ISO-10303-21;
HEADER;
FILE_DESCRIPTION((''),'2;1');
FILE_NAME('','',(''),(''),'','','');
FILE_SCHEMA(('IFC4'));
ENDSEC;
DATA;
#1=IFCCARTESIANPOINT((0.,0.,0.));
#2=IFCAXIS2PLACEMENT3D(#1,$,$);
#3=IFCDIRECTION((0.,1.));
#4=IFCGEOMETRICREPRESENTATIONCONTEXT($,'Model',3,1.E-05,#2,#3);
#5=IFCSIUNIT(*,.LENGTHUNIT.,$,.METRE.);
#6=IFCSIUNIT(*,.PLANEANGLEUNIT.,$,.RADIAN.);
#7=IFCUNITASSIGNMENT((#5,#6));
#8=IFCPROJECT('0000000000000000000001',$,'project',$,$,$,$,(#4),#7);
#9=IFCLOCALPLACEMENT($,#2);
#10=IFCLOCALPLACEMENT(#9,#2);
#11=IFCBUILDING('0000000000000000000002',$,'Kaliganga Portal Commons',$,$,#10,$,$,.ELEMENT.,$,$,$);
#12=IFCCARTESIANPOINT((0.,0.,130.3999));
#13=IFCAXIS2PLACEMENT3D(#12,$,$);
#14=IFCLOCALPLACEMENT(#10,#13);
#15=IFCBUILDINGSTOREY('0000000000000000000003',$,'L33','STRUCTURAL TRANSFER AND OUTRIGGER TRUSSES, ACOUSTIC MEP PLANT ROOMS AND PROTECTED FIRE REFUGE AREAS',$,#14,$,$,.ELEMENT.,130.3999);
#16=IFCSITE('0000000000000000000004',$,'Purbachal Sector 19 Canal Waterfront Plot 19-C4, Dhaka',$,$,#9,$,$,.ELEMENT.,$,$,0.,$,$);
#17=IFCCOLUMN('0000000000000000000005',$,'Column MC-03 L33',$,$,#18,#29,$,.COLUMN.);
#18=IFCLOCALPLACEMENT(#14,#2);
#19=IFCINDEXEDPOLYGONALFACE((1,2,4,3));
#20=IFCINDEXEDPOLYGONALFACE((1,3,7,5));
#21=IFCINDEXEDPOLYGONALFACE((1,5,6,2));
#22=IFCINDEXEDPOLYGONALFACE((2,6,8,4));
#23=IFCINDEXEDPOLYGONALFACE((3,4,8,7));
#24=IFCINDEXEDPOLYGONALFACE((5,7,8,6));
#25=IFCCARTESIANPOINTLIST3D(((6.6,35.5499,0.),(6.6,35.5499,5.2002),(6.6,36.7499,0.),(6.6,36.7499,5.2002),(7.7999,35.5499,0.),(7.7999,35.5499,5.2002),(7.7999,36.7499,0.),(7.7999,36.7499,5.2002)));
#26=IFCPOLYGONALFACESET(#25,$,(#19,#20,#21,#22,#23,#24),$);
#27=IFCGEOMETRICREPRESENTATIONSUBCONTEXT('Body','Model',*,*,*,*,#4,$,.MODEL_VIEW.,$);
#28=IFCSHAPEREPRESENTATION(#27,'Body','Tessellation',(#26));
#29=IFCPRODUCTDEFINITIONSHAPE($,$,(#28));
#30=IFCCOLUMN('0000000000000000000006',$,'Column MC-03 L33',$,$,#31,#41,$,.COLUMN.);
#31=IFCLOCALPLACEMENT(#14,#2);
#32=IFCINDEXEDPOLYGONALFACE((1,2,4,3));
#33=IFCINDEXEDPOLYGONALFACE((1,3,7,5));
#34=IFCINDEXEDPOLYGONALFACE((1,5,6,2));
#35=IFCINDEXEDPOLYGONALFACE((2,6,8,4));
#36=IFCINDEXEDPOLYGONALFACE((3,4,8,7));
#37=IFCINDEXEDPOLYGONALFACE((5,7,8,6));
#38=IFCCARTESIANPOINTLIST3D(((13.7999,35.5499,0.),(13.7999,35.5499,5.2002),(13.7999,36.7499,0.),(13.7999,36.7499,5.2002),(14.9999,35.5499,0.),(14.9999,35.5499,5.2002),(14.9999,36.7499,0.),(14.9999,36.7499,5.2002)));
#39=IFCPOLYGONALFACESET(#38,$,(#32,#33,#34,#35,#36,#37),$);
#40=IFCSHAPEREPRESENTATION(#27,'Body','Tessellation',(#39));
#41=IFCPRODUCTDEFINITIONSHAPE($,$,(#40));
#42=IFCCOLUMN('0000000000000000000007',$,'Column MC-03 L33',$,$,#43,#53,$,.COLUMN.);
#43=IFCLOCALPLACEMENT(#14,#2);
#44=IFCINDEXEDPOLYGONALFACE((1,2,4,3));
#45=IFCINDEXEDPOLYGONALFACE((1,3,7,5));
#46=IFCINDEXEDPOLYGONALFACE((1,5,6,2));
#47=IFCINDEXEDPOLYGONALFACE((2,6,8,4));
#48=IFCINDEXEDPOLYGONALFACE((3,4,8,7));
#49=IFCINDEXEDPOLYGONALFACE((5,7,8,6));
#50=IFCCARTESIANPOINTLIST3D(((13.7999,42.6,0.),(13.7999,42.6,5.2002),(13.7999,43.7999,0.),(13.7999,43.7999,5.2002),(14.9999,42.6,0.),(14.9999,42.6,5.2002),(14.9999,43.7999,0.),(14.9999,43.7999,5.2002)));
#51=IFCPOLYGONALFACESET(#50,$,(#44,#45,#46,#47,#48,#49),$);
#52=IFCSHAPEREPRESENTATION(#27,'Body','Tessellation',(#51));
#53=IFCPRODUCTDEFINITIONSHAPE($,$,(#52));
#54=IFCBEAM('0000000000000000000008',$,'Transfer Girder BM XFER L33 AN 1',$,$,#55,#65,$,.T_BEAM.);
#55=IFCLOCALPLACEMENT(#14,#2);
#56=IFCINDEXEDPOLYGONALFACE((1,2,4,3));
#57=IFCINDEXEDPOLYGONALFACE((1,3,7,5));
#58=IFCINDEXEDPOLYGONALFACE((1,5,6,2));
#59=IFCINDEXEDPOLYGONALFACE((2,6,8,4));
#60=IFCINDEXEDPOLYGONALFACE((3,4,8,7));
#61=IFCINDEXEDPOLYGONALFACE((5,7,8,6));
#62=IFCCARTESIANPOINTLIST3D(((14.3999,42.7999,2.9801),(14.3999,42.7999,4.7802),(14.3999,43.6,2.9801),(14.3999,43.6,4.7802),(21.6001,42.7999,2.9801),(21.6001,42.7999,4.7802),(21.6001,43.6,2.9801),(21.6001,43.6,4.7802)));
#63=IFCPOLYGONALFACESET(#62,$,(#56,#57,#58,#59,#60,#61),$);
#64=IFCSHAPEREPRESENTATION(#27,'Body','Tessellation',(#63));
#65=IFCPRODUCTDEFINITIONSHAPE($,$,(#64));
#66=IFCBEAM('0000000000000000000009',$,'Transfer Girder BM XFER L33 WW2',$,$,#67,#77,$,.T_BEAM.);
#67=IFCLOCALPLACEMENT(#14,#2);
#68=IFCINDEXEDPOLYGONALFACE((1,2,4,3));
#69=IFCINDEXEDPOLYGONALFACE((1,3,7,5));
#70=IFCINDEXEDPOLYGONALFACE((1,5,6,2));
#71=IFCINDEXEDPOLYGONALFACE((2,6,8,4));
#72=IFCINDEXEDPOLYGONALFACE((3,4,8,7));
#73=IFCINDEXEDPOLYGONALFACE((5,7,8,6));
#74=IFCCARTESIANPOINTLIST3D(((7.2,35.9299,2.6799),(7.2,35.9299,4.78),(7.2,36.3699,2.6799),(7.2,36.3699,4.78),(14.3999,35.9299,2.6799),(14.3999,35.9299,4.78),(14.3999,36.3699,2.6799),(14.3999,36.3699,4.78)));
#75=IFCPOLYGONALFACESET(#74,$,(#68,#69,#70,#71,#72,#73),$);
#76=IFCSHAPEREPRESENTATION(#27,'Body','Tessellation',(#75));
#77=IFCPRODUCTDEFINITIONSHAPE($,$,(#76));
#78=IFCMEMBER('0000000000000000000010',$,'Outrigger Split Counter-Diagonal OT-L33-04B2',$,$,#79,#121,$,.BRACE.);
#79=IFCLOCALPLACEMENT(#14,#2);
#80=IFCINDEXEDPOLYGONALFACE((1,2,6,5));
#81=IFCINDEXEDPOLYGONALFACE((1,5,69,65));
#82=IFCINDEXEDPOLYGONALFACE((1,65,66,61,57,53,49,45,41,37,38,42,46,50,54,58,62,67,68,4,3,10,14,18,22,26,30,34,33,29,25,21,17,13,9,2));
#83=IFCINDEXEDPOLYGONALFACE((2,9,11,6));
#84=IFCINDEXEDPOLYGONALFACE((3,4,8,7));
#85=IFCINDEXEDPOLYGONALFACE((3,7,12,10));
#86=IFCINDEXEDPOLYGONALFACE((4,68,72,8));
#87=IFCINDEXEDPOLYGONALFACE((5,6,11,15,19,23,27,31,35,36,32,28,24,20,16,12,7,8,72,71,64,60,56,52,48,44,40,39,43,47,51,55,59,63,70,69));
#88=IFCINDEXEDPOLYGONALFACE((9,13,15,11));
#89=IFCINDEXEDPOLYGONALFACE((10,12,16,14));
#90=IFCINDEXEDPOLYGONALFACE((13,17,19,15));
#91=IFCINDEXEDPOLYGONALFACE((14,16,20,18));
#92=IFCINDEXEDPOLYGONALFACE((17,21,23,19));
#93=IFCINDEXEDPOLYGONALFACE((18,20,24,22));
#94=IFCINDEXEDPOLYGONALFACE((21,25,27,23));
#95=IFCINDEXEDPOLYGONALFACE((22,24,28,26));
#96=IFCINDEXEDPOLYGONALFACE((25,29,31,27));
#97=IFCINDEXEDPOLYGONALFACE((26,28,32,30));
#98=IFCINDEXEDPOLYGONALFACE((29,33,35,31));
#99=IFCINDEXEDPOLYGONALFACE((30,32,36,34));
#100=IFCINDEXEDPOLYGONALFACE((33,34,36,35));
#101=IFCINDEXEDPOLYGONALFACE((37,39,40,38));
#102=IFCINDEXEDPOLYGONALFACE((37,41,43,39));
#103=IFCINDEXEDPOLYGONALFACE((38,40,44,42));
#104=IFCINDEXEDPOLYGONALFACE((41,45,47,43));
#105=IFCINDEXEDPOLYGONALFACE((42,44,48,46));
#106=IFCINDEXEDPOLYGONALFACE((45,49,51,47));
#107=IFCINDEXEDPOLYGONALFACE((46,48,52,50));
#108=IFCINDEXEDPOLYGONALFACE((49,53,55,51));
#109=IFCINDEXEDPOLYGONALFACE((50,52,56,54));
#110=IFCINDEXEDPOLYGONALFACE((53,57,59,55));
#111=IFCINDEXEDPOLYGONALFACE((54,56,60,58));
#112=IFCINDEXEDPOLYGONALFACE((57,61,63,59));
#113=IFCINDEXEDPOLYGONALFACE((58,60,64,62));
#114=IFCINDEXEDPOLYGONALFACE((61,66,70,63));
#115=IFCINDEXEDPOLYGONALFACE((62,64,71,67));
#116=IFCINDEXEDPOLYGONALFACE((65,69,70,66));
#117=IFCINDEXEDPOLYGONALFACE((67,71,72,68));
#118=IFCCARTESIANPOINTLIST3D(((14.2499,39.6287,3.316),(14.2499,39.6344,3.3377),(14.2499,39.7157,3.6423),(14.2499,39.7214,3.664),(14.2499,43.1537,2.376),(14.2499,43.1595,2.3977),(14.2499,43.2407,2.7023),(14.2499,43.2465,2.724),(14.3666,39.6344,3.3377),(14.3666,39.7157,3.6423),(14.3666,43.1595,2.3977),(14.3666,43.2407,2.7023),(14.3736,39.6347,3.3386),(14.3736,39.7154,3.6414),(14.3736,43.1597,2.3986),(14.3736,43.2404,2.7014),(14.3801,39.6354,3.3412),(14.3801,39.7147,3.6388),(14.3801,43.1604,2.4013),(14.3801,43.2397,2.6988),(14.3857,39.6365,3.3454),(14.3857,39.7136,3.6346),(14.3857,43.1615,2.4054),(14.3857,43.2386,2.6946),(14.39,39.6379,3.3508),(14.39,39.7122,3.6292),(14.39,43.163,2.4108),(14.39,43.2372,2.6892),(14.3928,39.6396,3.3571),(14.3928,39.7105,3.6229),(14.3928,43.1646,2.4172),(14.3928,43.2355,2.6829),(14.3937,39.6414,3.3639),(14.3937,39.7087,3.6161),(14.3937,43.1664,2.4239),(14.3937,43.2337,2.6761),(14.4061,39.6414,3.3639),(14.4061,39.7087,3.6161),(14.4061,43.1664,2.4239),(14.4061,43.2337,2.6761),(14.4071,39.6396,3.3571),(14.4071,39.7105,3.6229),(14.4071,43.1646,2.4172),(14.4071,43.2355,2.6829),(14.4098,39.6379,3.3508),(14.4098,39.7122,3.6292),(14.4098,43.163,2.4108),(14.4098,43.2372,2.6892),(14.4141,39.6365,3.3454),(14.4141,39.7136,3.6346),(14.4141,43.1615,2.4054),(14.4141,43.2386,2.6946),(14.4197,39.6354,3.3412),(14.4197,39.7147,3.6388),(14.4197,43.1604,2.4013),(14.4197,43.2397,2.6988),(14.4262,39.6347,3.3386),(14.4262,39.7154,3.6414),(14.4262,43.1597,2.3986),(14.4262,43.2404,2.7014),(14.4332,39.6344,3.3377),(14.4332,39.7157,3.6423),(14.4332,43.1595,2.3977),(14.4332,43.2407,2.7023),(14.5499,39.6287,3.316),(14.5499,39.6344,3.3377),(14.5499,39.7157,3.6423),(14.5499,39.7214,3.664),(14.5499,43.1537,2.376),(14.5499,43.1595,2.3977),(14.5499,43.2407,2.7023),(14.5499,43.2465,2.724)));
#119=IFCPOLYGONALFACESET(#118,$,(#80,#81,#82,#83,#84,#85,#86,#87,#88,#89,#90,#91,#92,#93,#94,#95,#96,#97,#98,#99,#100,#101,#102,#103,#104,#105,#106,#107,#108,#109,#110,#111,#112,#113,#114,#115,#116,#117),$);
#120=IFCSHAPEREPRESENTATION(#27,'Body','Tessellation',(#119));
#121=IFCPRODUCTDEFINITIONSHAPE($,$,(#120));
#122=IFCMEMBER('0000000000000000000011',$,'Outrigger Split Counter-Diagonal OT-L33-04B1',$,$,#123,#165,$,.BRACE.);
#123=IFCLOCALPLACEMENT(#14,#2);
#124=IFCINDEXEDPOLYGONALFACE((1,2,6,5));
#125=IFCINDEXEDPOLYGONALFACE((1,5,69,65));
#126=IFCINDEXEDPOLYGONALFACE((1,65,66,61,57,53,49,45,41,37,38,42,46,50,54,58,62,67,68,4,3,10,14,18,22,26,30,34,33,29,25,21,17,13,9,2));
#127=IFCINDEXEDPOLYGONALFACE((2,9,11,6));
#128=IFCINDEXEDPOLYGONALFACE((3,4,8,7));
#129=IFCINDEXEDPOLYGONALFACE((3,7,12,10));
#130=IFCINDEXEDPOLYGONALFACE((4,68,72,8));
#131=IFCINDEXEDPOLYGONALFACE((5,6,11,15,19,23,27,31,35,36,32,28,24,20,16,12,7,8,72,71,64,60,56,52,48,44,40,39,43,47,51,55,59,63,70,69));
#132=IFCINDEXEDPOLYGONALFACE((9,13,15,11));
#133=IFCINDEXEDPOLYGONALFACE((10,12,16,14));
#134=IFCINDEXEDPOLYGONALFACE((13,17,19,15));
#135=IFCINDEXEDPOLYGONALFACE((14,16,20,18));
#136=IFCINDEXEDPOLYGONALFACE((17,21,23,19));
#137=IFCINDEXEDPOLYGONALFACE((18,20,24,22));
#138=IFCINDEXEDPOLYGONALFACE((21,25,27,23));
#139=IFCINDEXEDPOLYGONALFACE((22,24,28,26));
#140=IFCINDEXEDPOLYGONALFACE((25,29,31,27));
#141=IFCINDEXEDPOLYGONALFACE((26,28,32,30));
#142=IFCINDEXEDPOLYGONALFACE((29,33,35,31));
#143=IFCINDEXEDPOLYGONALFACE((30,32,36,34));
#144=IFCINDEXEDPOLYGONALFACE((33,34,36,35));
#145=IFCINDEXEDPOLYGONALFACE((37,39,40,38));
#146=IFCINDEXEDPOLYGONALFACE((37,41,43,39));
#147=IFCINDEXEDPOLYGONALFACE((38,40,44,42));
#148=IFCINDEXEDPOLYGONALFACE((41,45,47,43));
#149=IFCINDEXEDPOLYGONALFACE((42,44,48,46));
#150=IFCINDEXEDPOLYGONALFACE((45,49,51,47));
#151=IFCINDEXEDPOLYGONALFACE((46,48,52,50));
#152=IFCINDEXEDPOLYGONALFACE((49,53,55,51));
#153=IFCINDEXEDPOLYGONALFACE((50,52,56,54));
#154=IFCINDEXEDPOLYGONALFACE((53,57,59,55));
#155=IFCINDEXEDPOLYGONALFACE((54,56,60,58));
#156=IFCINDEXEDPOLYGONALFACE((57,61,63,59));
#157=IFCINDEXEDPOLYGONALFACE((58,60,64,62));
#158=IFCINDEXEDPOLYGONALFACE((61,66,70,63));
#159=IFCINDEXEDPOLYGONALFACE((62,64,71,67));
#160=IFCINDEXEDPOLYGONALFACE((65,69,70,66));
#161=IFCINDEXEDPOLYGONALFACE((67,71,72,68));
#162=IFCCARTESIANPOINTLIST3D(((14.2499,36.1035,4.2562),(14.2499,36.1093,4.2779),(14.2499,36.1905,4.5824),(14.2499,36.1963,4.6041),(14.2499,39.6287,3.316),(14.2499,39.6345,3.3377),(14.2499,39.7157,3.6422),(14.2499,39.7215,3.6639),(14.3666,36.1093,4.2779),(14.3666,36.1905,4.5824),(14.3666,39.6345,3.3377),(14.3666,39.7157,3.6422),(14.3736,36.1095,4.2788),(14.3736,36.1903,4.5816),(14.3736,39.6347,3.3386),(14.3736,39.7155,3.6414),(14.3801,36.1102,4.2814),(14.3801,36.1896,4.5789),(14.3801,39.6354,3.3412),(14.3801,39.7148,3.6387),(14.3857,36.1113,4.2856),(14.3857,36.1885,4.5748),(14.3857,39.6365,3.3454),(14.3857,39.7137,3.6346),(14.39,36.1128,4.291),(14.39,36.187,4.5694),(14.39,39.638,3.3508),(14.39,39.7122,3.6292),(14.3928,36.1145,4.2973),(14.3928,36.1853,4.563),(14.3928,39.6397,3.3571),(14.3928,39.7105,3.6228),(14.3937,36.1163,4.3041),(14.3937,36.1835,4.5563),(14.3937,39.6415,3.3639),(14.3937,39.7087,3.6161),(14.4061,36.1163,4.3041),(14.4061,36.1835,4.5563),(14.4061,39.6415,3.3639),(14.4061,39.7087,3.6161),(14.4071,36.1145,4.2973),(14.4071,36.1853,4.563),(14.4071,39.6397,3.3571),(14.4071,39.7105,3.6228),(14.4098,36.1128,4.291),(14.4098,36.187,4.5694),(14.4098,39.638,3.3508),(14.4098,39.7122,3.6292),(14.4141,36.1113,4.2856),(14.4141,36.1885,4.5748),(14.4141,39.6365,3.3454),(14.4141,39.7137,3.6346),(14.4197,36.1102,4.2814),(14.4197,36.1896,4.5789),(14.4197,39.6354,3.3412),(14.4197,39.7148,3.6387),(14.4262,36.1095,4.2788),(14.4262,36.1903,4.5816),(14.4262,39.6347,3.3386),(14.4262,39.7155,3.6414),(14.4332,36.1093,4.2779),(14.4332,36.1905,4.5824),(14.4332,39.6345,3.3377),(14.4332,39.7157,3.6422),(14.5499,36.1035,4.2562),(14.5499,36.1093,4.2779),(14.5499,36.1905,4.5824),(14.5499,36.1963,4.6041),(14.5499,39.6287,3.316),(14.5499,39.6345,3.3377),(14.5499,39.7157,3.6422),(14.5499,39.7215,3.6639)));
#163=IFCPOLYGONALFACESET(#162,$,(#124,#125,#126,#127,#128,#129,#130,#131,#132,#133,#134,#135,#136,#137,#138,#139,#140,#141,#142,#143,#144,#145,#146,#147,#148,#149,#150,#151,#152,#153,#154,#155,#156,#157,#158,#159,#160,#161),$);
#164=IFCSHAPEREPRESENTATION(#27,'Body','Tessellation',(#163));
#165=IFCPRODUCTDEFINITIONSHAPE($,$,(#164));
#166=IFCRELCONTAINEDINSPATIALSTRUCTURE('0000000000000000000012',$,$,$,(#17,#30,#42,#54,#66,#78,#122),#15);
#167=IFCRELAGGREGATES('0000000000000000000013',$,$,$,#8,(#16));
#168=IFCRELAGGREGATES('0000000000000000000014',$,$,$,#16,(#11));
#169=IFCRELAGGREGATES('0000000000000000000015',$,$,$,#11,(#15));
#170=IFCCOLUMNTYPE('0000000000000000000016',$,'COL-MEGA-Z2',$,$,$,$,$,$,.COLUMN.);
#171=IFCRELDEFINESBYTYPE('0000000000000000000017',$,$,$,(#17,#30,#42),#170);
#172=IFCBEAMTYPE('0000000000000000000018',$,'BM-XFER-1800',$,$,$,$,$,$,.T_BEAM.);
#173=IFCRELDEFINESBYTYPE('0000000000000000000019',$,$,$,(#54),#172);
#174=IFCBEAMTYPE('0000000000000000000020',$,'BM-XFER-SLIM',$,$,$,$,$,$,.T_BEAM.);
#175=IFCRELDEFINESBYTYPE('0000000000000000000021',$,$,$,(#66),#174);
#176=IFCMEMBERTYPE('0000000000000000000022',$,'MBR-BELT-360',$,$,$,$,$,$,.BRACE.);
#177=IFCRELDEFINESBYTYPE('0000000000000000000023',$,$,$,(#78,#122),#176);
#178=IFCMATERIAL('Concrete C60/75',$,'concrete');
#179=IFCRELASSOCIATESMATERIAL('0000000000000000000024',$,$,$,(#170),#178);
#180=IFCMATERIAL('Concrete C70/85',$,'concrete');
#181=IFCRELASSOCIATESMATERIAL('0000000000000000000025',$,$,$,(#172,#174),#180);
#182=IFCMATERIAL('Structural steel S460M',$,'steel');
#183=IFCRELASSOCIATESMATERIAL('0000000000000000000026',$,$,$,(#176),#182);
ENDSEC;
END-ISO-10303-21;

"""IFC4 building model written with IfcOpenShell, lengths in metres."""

from ifc_helpers import new_model, si_unit, direction, frame, origin, origin_2d, place, context, subcontext, project, spatial, rectangle, i_section, extrude, source, transform, mapped, material, material_profile, profile_set, type_object, element, save


model = new_model("IFC4")

# Units and contexts
model_context = context("Model", 3, precision=1e-05, world=origin(), true_north=direction((0.0, 1.0)))
body_context = subcontext(model_context, "Body", "Model", "MODEL_VIEW")
ifc_project = project(units=[si_unit("LENGTHUNIT", "METRE"), si_unit("PLANEANGLEUNIT", "RADIAN")], contexts=[model_context])

# Site, building, storey
site_placement = place(None, origin())
site = spatial("IfcSite", under=ifc_project, at=site_placement, Name="Purbachal Sector 19 Canal Waterfront Plot 19-C4, Dhaka", CompositionType="ELEMENT", RefElevation=0.0)
building_placement = place(site_placement, origin())
building = spatial("IfcBuilding", under=site, at=building_placement, Name="Kaliganga Portal Commons", CompositionType="ELEMENT")
storey_placement = place(building_placement, frame((0.0, 0.0, 130.3999)))
storey = spatial("IfcBuildingStorey", under=building, at=storey_placement, Name="L33", Description="STRUCTURAL TRANSFER AND OUTRIGGER TRUSSES, ACOUSTIC MEP PLANT ROOMS AND PROTECTED FIRE REFUGE AREAS", CompositionType="ELEMENT", Elevation=130.3999)

# Columns
ifc_material_1 = material(Name="Concrete C60/75", Category="concrete")
ifc_material_profile_1 = material_profile(ifc_material_1, rectangle(XDim=1.2, YDim=1.2, at=origin_2d()), Name="RC 1200x1200")
ifc_profile_set_1 = profile_set([ifc_material_profile_1], Name="Concrete C60/75")
column_type = type_object("IfcColumnType", Name="COL-MEGA-Z2", PredefinedType="COLUMN", material=ifc_profile_set_1)
shared_shape_1 = source(origin(), body_context, "Body", "SweptSolid", [
    extrude(rectangle(XDim=1.2, YDim=1.2, at=origin_2d()), origin(), (0.0, 0.0, 1.0), 5.2002),
])
for number, where, z_axis, x_axis, name in (
    (1, (7.2, 36.1499, 0.0), (0.0, 0.0, 1.0), (1.0, 0.0, 0.0), "Column MC-03 L33"),
    (2, (14.3999, 36.1499, 0.0), (0.0, 0.0, 1.0), (1.0, 0.0, 0.0), "Column MC-03 L33"),
    (3, (14.3999, 43.2, 0.0), (0.0, 0.0, 1.0), (1.0, 0.0, 0.0), "Column MC-03 L33"),
):
    element("IfcColumn", number, at=place(storey_placement, frame(where, z_axis=z_axis, x_axis=x_axis)), inside=storey, type_object=column_type, Name=name, PredefinedType="COLUMN", context=body_context, shape_type="MappedRepresentation", body=[
        mapped(shared_shape_1, transform((0.0, 0.0, 0.0), x_axis=(1.0, 0.0, 0.0), y_axis=(0.0, 1.0, 0.0), z_axis=(0.0, 0.0, 1.0), scale=1.0)),
    ])

# Beams
ifc_material_2 = material(Name="Concrete C70/85", Category="concrete")
ifc_material_profile_2 = material_profile(ifc_material_2, rectangle(XDim=0.8, YDim=1.8, at=origin_2d()), Name="RC 800x1800")
ifc_profile_set_2 = profile_set([ifc_material_profile_2], Name="Concrete C70/85")
beam_type_1 = type_object("IfcBeamType", Name="BM-XFER-1800", PredefinedType="T_BEAM", material=ifc_profile_set_2)
shared_shape_2 = source(origin(), body_context, "Body", "SweptSolid", [
    extrude(rectangle(XDim=0.8, YDim=1.8, at=origin_2d()), origin(), (0.0, 0.0, 1.0), 7.2002),
])
beam_1_placement = place(storey_placement, frame((14.3999, 43.2, 3.8801), z_axis=(1.0, 0.0, 0.0), x_axis=(0.0, 1.0, 0.0)))
element("IfcBeam", 4, at=beam_1_placement, inside=storey, type_object=beam_type_1, Name="Transfer Girder BM XFER L33 AN 1", PredefinedType="T_BEAM", context=body_context, shape_type="MappedRepresentation", body=[
    mapped(shared_shape_2, transform((0.0, 0.0, 0.0), x_axis=(1.0, 0.0, 0.0), y_axis=(0.0, 1.0, 0.0), z_axis=(0.0, 0.0, 1.0), scale=1.0)),
])
ifc_material_profile_3 = material_profile(ifc_material_2, rectangle(XDim=0.4399, YDim=2.1001, at=origin_2d()), Name="RC 440x2100")
ifc_profile_set_3 = profile_set([ifc_material_profile_3], Name="Concrete C70/85")
beam_type_2 = type_object("IfcBeamType", Name="BM-XFER-SLIM", PredefinedType="T_BEAM", material=ifc_profile_set_3)
shared_shape_3 = source(origin(), body_context, "Body", "SweptSolid", [
    extrude(rectangle(XDim=0.4399, YDim=2.1001, at=origin_2d()), origin(), (0.0, 0.0, 1.0), 7.2),
])
beam_2_placement = place(storey_placement, frame((7.2, 36.1499, 3.73), z_axis=(1.0, 0.0, 0.0), x_axis=(0.0, 1.0, 0.0)))
element("IfcBeam", 5, at=beam_2_placement, inside=storey, type_object=beam_type_2, Name="Transfer Girder BM XFER L33 WW2", PredefinedType="T_BEAM", context=body_context, shape_type="MappedRepresentation", body=[
    mapped(shared_shape_3, transform((0.0, 0.0, 0.0), x_axis=(1.0, 0.0, 0.0), y_axis=(0.0, 1.0, 0.0), z_axis=(0.0, 0.0, 1.0), scale=1.0)),
])

# Members
ifc_material_3 = material(Name="Structural steel S460M", Category="steel")
ifc_material_profile_4 = material_profile(ifc_material_3, i_section(OverallWidth=0.3, OverallDepth=0.3601, WebThickness=0.0125, FlangeThickness=0.0225, FilletRadius=0.0271, at=origin_2d()), Name="HE 360 B")
ifc_profile_set_4 = profile_set([ifc_material_profile_4], Name="Structural steel S460M wide-flange")
member_type_1 = type_object("IfcMemberType", Name="MBR-BELT-360", PredefinedType="BRACE", material=ifc_profile_set_4)
shared_shape_4 = source(origin(), body_context, "Body", "SweptSolid", [
    extrude(i_section(OverallWidth=0.3, OverallDepth=0.3601, WebThickness=0.0125, FlangeThickness=0.0225, FilletRadius=0.0271, at=origin_2d()), origin(), (0.0, 0.0, 1.0), 3.6482),
])
member_1_placement = place(storey_placement, frame((14.3999, 39.675, 3.49), z_axis=(0.0, 0.966237, -0.257654), x_axis=(-1.0, 0.0, 0.0)))
element("IfcMember", 6, at=member_1_placement, inside=storey, type_object=member_type_1, Name="Outrigger Split Counter-Diagonal OT-L33-04B2", PredefinedType="BRACE", context=body_context, shape_type="MappedRepresentation", body=[
    mapped(shared_shape_4, transform((0.0, 0.0, 0.0), x_axis=(1.0, 0.0, 0.0), y_axis=(0.0, 1.0, 0.0), z_axis=(0.0, 0.0, 1.0), scale=1.0)),
])
shared_shape_5 = source(origin(), body_context, "Body", "SweptSolid", [
    extrude(i_section(OverallWidth=0.3, OverallDepth=0.3601, WebThickness=0.0125, FlangeThickness=0.0225, FilletRadius=0.0271, at=origin_2d()), origin(), (0.0, 0.0, 1.0), 3.6484),
])
member_2_placement = place(storey_placement, frame((14.3999, 36.1499, 4.4302), z_axis=(0.0, 0.966225, -0.2577), x_axis=(-1.0, 0.0, 0.0)))
element("IfcMember", 7, at=member_2_placement, inside=storey, type_object=member_type_1, Name="Outrigger Split Counter-Diagonal OT-L33-04B1", PredefinedType="BRACE", context=body_context, shape_type="MappedRepresentation", body=[
    mapped(shared_shape_5, transform((0.0, 0.0, 0.0), x_axis=(1.0, 0.0, 0.0), y_axis=(0.0, 1.0, 0.0), z_axis=(0.0, 0.0, 1.0), scale=1.0)),
])

save(model, "model.ifc")
